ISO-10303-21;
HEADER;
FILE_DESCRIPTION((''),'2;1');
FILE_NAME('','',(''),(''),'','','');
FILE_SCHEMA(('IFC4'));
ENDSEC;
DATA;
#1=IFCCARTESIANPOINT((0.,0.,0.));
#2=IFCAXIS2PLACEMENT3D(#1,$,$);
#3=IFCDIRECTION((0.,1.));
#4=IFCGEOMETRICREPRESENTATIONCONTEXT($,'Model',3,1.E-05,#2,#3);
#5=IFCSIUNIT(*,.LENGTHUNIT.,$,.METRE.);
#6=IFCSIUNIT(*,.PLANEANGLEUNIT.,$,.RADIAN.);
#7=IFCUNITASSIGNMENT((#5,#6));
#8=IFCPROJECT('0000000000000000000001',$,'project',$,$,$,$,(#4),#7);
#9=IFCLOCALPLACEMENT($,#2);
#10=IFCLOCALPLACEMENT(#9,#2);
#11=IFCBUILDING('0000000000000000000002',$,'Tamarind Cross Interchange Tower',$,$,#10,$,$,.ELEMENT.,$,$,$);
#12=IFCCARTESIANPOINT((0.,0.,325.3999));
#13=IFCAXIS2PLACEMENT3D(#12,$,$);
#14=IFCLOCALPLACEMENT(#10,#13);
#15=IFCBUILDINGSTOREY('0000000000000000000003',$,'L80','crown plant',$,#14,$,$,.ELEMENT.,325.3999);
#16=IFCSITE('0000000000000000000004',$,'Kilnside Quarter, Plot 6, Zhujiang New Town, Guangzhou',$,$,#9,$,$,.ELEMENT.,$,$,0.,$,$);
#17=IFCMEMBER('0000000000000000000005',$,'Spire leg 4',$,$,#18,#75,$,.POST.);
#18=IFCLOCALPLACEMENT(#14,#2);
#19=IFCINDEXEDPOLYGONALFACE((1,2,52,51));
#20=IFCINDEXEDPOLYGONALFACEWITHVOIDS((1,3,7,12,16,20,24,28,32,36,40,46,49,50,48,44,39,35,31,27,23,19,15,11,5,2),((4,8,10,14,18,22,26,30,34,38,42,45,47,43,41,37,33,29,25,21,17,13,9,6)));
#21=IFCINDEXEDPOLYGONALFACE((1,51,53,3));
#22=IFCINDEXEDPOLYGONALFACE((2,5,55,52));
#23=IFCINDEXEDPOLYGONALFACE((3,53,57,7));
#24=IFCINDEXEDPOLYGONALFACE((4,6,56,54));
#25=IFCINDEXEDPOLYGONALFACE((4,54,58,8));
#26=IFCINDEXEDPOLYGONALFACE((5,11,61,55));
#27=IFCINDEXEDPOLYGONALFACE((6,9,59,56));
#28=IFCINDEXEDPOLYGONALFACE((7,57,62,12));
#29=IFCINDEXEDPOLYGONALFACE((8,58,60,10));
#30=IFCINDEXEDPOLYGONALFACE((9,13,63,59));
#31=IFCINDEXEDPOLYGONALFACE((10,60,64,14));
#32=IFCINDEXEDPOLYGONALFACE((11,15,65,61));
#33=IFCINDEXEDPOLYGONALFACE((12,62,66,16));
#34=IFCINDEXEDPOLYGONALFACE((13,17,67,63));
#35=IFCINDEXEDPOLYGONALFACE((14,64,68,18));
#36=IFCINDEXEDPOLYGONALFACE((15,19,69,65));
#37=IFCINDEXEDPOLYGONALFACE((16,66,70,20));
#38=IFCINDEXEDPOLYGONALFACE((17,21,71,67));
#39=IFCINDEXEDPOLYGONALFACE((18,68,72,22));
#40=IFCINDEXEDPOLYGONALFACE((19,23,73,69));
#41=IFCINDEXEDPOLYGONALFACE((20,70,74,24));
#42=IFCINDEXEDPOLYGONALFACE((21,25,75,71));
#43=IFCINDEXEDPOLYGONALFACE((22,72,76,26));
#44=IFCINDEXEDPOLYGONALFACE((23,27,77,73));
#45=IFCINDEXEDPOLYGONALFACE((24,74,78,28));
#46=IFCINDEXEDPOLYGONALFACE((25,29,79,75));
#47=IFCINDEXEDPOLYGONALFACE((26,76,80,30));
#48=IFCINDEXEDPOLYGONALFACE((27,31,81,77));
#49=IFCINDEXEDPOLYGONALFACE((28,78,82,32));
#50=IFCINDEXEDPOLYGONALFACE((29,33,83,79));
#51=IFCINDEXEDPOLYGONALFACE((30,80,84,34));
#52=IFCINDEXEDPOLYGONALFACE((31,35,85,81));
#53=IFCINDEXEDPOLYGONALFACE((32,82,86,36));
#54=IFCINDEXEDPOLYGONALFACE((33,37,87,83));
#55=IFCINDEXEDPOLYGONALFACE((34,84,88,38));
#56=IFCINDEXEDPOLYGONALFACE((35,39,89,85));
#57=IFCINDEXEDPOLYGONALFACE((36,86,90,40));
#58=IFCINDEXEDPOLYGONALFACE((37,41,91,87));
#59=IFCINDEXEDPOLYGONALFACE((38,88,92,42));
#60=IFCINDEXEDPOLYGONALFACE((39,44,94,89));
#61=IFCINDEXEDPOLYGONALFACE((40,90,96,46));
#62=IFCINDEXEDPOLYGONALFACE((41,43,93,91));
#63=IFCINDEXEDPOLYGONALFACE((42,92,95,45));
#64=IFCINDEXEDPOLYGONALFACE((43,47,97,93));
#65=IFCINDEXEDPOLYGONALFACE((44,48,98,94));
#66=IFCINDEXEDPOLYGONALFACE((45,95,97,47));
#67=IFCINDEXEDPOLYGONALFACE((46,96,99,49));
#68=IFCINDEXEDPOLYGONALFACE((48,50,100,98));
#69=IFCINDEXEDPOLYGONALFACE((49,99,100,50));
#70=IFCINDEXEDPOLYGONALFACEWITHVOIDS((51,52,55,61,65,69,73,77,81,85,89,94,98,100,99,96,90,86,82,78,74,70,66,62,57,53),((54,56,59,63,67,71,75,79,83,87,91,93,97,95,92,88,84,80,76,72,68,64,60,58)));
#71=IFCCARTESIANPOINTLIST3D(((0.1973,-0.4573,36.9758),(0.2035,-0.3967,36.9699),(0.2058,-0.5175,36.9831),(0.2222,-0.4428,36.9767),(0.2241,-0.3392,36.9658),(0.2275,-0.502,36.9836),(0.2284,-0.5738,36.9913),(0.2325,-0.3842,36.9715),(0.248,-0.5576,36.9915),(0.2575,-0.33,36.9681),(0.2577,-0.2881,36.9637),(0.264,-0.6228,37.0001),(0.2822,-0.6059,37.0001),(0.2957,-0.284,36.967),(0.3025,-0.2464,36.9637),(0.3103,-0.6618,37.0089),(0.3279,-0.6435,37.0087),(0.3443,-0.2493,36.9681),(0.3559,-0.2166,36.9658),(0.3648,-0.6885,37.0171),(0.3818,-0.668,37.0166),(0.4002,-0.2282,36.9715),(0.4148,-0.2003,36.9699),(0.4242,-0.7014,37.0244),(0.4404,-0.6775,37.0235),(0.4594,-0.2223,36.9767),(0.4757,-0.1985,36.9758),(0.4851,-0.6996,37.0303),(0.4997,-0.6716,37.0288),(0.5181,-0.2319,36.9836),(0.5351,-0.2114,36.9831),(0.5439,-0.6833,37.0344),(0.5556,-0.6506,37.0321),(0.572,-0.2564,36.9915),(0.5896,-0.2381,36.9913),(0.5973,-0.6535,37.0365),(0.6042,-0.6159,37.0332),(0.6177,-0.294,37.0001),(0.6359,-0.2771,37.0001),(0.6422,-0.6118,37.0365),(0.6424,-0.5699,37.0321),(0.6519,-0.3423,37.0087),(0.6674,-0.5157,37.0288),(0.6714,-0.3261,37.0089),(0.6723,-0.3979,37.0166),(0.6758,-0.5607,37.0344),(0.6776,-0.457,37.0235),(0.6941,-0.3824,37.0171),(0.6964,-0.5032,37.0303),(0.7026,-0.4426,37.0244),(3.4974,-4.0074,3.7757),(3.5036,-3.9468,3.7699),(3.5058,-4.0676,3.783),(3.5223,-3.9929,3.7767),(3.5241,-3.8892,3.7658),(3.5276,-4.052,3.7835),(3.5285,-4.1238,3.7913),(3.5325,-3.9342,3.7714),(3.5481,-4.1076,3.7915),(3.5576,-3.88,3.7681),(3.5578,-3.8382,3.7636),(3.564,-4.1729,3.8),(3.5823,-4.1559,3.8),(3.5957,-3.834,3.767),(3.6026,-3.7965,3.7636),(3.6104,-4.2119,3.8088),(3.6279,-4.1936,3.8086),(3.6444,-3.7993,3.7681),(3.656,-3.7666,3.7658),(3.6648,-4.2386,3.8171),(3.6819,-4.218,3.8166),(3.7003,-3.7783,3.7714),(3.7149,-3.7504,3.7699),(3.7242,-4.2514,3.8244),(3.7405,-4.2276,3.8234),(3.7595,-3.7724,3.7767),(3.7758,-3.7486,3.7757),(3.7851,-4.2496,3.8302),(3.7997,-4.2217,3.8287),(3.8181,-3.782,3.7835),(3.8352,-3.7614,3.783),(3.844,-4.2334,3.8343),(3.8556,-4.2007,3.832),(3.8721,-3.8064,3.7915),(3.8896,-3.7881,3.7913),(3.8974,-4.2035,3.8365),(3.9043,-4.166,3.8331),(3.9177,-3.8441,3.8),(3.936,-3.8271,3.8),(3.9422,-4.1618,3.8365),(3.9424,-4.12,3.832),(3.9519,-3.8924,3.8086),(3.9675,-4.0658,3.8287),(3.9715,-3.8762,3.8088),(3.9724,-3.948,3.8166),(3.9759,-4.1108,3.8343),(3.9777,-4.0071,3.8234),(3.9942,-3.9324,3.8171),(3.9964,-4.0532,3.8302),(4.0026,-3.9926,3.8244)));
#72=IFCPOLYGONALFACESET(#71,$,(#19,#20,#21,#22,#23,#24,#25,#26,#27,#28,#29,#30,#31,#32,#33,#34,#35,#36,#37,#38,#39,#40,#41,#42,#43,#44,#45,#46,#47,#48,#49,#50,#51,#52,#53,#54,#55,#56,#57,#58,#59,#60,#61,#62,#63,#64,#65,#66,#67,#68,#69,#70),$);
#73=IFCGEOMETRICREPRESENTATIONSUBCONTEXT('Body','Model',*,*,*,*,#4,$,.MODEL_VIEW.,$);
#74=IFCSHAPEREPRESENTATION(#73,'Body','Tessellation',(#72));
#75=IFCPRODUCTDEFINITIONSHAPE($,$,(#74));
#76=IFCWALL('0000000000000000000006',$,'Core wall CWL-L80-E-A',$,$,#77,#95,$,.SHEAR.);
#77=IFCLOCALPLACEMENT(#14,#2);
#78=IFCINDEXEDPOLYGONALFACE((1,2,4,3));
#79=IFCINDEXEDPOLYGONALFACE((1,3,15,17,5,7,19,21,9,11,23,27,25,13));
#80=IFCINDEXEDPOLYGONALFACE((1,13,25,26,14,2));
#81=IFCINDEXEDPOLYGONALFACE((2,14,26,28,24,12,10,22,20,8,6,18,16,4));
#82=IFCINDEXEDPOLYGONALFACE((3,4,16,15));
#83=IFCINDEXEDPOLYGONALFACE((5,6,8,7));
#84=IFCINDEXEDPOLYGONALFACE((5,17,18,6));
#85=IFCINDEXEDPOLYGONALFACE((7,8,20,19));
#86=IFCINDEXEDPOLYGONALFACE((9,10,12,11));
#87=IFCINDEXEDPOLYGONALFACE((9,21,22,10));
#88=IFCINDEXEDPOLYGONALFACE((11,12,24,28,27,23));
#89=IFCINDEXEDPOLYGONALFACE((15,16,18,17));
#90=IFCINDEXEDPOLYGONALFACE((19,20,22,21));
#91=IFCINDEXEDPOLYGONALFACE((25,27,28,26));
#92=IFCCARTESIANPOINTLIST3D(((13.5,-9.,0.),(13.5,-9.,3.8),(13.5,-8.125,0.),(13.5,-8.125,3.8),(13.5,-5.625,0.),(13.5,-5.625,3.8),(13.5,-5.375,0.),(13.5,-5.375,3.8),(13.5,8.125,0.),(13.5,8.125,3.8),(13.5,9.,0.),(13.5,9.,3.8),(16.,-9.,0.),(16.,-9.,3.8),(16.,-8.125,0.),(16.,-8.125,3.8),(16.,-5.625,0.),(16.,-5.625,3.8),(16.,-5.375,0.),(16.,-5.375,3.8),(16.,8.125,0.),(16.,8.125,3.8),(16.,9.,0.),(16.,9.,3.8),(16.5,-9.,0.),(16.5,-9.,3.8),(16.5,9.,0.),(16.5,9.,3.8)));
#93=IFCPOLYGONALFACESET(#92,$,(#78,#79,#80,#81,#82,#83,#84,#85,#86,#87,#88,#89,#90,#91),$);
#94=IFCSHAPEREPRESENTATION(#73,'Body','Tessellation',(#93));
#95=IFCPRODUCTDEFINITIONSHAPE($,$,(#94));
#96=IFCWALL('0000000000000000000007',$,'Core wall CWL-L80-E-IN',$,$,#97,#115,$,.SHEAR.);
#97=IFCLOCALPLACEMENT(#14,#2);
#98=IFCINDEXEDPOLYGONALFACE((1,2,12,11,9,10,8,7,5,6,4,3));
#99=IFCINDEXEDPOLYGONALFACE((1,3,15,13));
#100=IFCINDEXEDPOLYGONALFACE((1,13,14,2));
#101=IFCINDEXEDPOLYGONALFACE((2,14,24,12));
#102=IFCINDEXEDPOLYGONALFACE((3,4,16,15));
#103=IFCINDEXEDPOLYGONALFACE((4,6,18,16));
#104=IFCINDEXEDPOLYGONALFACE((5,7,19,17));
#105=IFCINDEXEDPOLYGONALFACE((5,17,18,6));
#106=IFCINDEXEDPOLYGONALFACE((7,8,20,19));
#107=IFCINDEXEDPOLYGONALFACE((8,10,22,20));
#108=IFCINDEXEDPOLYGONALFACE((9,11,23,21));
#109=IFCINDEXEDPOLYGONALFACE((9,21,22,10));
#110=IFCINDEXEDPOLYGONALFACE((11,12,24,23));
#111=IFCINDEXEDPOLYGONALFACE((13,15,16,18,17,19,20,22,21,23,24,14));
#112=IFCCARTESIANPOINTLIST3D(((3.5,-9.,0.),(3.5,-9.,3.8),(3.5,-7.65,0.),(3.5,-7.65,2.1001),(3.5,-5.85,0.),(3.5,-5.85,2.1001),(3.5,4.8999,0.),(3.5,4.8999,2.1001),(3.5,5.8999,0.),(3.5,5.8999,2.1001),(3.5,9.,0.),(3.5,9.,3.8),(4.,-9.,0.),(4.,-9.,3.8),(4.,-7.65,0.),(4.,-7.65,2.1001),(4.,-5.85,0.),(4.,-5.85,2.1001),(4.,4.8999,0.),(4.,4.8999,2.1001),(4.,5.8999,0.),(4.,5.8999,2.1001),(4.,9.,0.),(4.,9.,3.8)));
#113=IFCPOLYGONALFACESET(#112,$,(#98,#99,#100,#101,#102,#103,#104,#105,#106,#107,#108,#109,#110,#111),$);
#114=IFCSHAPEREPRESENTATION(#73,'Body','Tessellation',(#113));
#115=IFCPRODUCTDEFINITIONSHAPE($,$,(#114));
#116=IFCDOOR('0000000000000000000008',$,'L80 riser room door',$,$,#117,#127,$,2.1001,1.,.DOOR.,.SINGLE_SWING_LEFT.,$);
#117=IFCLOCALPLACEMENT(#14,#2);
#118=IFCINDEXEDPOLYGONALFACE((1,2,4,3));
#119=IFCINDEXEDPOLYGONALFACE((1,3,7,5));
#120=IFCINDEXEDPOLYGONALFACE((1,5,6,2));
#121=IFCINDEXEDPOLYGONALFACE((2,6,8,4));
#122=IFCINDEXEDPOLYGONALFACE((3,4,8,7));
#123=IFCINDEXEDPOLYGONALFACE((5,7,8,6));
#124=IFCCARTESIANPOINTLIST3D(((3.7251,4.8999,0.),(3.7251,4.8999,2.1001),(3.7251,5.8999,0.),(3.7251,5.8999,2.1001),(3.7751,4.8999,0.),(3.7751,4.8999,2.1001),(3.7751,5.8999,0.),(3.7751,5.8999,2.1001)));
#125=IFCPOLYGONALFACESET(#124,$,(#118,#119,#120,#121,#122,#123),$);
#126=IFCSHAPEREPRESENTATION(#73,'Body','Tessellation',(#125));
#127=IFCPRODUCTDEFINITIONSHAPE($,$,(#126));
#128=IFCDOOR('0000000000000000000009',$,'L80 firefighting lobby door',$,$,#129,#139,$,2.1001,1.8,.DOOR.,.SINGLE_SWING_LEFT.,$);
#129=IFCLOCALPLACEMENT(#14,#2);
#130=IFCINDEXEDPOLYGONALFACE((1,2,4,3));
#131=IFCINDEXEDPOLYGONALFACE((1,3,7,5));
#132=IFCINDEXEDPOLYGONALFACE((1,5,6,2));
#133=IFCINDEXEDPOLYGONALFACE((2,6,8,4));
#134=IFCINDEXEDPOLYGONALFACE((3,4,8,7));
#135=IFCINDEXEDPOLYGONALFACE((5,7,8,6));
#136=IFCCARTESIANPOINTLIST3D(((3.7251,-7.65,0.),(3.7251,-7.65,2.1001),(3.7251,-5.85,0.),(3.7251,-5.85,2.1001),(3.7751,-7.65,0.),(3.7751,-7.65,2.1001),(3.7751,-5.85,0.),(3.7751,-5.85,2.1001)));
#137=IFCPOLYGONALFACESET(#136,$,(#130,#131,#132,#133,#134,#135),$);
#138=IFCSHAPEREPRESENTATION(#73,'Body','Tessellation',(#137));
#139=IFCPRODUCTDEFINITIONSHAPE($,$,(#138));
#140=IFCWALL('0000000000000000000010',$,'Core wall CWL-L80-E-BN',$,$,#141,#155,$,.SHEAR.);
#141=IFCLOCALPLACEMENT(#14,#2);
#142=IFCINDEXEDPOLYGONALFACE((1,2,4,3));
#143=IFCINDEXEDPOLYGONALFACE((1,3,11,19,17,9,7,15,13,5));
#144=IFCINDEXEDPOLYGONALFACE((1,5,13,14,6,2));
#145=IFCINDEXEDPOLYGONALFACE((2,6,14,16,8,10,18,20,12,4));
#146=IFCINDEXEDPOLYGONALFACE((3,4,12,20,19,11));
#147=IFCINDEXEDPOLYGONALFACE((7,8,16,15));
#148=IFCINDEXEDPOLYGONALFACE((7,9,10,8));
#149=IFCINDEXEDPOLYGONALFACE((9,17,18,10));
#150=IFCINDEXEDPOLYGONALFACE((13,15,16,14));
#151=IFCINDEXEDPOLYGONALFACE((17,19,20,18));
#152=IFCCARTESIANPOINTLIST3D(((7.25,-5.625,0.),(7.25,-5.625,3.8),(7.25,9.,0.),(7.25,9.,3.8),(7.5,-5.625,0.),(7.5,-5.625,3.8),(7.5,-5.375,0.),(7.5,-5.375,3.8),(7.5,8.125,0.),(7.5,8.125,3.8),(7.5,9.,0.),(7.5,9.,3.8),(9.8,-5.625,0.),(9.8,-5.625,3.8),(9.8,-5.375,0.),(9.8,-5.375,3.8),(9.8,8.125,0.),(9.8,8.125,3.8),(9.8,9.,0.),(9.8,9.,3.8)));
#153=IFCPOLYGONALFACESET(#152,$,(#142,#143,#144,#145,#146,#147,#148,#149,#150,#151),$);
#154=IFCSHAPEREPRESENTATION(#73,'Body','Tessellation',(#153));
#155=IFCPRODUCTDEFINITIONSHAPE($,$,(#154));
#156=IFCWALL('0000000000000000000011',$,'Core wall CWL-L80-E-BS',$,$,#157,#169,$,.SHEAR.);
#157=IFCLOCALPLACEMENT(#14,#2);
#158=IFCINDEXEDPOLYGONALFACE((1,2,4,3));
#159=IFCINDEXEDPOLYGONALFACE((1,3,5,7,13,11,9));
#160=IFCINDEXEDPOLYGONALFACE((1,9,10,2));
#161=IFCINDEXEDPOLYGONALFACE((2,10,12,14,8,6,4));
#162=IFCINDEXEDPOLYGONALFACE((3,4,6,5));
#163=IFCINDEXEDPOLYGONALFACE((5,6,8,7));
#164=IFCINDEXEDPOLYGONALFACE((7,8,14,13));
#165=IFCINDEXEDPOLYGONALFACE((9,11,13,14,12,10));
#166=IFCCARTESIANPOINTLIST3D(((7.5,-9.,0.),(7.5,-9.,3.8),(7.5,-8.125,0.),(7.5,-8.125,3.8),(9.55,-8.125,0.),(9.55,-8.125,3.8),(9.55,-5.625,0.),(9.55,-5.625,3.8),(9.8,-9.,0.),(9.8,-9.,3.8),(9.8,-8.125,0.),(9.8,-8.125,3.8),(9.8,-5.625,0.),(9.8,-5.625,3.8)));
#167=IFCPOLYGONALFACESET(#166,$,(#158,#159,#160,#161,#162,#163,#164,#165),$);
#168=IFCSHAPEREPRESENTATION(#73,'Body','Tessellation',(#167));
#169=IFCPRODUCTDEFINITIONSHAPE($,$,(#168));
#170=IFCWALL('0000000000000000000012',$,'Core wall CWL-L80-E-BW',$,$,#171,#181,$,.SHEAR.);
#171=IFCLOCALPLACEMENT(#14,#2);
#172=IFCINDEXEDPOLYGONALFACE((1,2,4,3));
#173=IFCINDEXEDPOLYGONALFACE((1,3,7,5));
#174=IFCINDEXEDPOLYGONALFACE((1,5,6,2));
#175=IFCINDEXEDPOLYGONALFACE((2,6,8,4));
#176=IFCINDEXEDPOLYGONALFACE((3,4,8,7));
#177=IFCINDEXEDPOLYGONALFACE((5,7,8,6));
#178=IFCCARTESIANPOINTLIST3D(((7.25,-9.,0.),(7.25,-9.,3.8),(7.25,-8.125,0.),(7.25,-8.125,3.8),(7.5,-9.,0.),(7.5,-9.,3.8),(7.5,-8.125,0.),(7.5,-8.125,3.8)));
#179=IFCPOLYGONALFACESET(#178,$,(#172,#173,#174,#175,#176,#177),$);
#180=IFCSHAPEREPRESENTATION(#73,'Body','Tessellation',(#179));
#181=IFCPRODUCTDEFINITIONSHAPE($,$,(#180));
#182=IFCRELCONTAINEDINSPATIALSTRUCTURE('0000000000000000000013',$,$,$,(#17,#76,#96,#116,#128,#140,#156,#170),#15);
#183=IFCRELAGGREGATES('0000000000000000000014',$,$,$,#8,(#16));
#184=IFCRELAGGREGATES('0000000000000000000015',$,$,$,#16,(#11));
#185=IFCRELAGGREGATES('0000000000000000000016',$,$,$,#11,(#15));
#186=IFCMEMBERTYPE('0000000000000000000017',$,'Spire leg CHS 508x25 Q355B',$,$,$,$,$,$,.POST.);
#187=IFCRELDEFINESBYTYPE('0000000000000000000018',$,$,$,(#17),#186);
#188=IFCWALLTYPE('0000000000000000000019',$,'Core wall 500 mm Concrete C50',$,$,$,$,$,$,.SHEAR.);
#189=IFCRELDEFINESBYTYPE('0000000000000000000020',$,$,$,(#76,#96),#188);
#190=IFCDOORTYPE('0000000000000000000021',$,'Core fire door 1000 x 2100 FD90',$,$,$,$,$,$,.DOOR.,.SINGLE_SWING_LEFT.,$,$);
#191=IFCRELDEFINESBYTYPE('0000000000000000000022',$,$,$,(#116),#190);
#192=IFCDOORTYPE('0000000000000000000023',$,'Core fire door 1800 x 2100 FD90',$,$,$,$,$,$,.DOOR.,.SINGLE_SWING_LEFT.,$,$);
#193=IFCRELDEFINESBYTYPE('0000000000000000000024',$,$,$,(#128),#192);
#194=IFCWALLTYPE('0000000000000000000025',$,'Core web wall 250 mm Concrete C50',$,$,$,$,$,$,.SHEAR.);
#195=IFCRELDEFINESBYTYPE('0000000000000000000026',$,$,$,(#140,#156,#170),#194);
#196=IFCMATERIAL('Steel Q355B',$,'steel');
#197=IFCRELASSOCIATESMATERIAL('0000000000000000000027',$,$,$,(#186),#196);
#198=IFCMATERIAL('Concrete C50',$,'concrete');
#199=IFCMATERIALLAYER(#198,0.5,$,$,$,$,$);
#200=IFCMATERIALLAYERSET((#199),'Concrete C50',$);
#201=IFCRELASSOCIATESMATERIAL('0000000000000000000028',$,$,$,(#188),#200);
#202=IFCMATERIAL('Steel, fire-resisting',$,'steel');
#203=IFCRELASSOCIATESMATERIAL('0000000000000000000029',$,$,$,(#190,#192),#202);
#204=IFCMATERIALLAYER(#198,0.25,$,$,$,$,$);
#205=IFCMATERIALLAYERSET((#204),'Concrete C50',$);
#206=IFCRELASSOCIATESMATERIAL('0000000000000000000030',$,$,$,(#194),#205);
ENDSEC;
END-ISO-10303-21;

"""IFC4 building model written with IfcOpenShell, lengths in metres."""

from ifc_helpers import new_model, si_unit, direction, frame, frame_2d, origin, origin_2d, place, context, subcontext, project, spatial, polyline, rectangle, hollow_circle, outline, extrude, material, layer, layer_set, material_profile, profile_set, type_object, element, fill, save


model = new_model("IFC4")

# Units and contexts
model_context = context("Model", 3, precision=1e-05, world=origin(), true_north=direction((0.0, 1.0)))
body_context = subcontext(model_context, "Body", "Model", "MODEL_VIEW")
ifc_project = project(units=[si_unit("LENGTHUNIT", "METRE"), si_unit("PLANEANGLEUNIT", "RADIAN")], contexts=[model_context])

# Site, building, storey
site_placement = place(None, origin())
site = spatial("IfcSite", under=ifc_project, at=site_placement, Name="Kilnside Quarter, Plot 6, Zhujiang New Town, Guangzhou", CompositionType="ELEMENT", RefElevation=0.0)
building_placement = place(site_placement, origin())
building = spatial("IfcBuilding", under=site, at=building_placement, Name="Tamarind Cross Interchange Tower", CompositionType="ELEMENT")
storey_placement = place(building_placement, frame((0.0, 0.0, 325.3999)))
storey = spatial("IfcBuildingStorey", under=building, at=storey_placement, Name="L80", Description="crown plant", CompositionType="ELEMENT", Elevation=325.3999)

# Shared definitions
ifc_material_1 = material(Name="Steel Q355B", Category="steel")

# Member
ifc_material_profile_1 = material_profile(ifc_material_1, hollow_circle(Radius=0.2539, WallThickness=0.0249, at=origin_2d()), Name="CHS 508x25")
ifc_profile_set_1 = profile_set([ifc_material_profile_1], Name="Steel Q355B")
member_type_1 = type_object("IfcMemberType", Name="Spire leg CHS 508x25 Q355B", PredefinedType="POST", material=ifc_profile_set_1)
member_1_placement = place(storey_placement, frame((3.75, -4.0, 3.8), z_axis=(-0.098357, 0.105808, 0.98951), x_axis=(-0.732426, -0.680847, 0.0)))
element("IfcMember", 1, at=member_1_placement, inside=storey, type_object=member_type_1, Name="Spire leg 4", PredefinedType="POST", context=body_context, shape_type="SweptSolid", body=[
    extrude(hollow_circle(Radius=0.2539, WallThickness=0.0249, at=origin_2d()), origin(), (0.0, 0.0, 1.0), 33.552),
])

# Wall
ifc_material_2 = material(Name="Concrete C50", Category="concrete")
ifc_layer_1 = layer(ifc_material_2, 0.5)
ifc_layer_set_1 = layer_set([ifc_layer_1], Name="Concrete C50")
wall_type_1 = type_object("IfcWallType", Name="Core wall 500 mm Concrete C50", PredefinedType="SHEAR", material=ifc_layer_set_1)
wall_1_placement = place(storey_placement, origin())
element("IfcWall", 2, at=wall_1_placement, inside=storey, type_object=wall_type_1, Name="Core wall CWL-L80-E-A", PredefinedType="SHEAR", context=body_context, shape_type="SweptSolid", body=[
    extrude(outline(polyline([(13.5, -8.125), (13.5, -9.0), (16.0, -9.0), (16.5, -9.0), (16.5, 9.0), (16.0, 9.0), (13.5, 9.0), (13.5, 8.125), (16.0, 8.125), (16.0, -5.375), (13.5, -5.375), (13.5, -5.625), (16.0, -5.625), (16.0, -8.125), (13.5, -8.125)])), origin(), (0.0, 0.0, 1.0), 3.8),
])

# Wall, openings, doors
wall_2_placement = place(storey_placement, frame((3.75, -9.0, 0.0), z_axis=(0.0, 0.0, 1.0), x_axis=(0.0, 1.0, 0.0)))
wall_2 = element("IfcWall", 3, at=wall_2_placement, inside=storey, type_object=wall_type_1, Name="Core wall CWL-L80-E-IN", PredefinedType="SHEAR", context=body_context, shape_type="SweptSolid", body=[
    extrude(rectangle(XDim=18.0, YDim=0.5, at=frame_2d((9.0, 0.0))), origin(), (0.0, 0.0, 1.0), 3.8),
])
opening_1_placement = place(wall_2_placement, frame((1.3501, 0.0, 0.0)))
opening_1 = element("IfcOpeningElement", 4, at=opening_1_placement, cuts=wall_2, PredefinedType="OPENING", context=body_context, shape_type="SweptSolid", body=[
    extrude(rectangle(XDim=1.8, YDim=2.1001, at=frame_2d((0.8999, 1.05))), frame((0.0, 0.26, 0.0), z_axis=(0.0, -1.0, 0.0), x_axis=(1.0, 0.0, 0.0)), (0.0, 0.0, 1.0), 0.52),
])
opening_2_placement = place(wall_2_placement, frame((13.8999, 0.0, 0.0)))
opening_2 = element("IfcOpeningElement", 5, at=opening_2_placement, cuts=wall_2, PredefinedType="OPENING", context=body_context, shape_type="SweptSolid", body=[
    extrude(rectangle(XDim=1.0, YDim=2.1001, at=frame_2d((0.5, 1.05))), frame((0.0, 0.26, 0.0), z_axis=(0.0, -1.0, 0.0), x_axis=(1.0, 0.0, 0.0)), (0.0, 0.0, 1.0), 0.52),
])
ifc_material_3 = material(Name="Steel, fire-resisting", Category="steel")
door_type_1 = type_object("IfcDoorType", Name="Core fire door 1000 x 2100 FD90", OperationType="SINGLE_SWING_LEFT", PredefinedType="DOOR", material=ifc_material_3)
door_1_placement = place(opening_2_placement, origin())
door_1 = element("IfcDoor", 6, at=door_1_placement, inside=storey, type_object=door_type_1, Name="L80 riser room door", OperationType="SINGLE_SWING_LEFT", OverallHeight=2.1001, OverallWidth=1.0, PredefinedType="DOOR", context=body_context, shape_type="SweptSolid", body=[
    extrude(rectangle(XDim=1.0, YDim=2.1001, at=frame_2d((0.5, 1.05))), frame((0.0, 0.0249, 0.0), z_axis=(0.0, -1.0, 0.0), x_axis=(1.0, 0.0, 0.0)), (0.0, 0.0, 1.0), 0.05),
])
fill(opening_2, door_1)
door_type_2 = type_object("IfcDoorType", Name="Core fire door 1800 x 2100 FD90", OperationType="SINGLE_SWING_LEFT", PredefinedType="DOOR", material=ifc_material_3)
door_2_placement = place(opening_1_placement, origin())
door_2 = element("IfcDoor", 7, at=door_2_placement, inside=storey, type_object=door_type_2, Name="L80 firefighting lobby door", OperationType="SINGLE_SWING_LEFT", OverallHeight=2.1001, OverallWidth=1.8, PredefinedType="DOOR", context=body_context, shape_type="SweptSolid", body=[
    extrude(rectangle(XDim=1.8, YDim=2.1001, at=frame_2d((0.8999, 1.05))), frame((0.0, 0.0249, 0.0), z_axis=(0.0, -1.0, 0.0), x_axis=(1.0, 0.0, 0.0)), (0.0, 0.0, 1.0), 0.05),
])
fill(opening_1, door_2)

# Walls
ifc_layer_2 = layer(ifc_material_2, 0.25)
ifc_layer_set_2 = layer_set([ifc_layer_2], Name="Concrete C50")
wall_type_2 = type_object("IfcWallType", Name="Core web wall 250 mm Concrete C50", PredefinedType="SHEAR", material=ifc_layer_set_2)
wall_3_placement = place(storey_placement, origin())
element("IfcWall", 8, at=wall_3_placement, inside=storey, type_object=wall_type_2, Name="Core wall CWL-L80-E-BN", PredefinedType="SHEAR", context=body_context, shape_type="SweptSolid", body=[
    extrude(outline(polyline([(9.8, -5.625), (9.8, -5.375), (7.5, -5.375), (7.5, 8.125), (9.8, 8.125), (9.8, 9.0), (7.5, 9.0), (7.25, 9.0), (7.25, -5.625), (7.5, -5.625), (9.8, -5.625)])), origin(), (0.0, 0.0, 1.0), 3.8),
])
wall_4_placement = place(storey_placement, origin())
element("IfcWall", 9, at=wall_4_placement, inside=storey, type_object=wall_type_2, Name="Core wall CWL-L80-E-BS", PredefinedType="SHEAR", context=body_context, shape_type="SweptSolid", body=[
    extrude(outline(polyline([(7.5, -8.125), (7.5, -9.0), (9.8, -9.0), (9.8, -8.125), (9.8, -5.625), (9.55, -5.625), (9.55, -8.125), (7.5, -8.125)])), origin(), (0.0, 0.0, 1.0), 3.8),
])
wall_5_placement = place(storey_placement, frame((7.375, -9.0, 0.0), z_axis=(0.0, 0.0, 1.0), x_axis=(0.0, 1.0, 0.0)))
element("IfcWall", 10, at=wall_5_placement, inside=storey, type_object=wall_type_2, Name="Core wall CWL-L80-E-BW", PredefinedType="SHEAR", context=body_context, shape_type="SweptSolid", body=[
    extrude(rectangle(XDim=0.875, YDim=0.25, at=frame_2d((0.4375, 0.0))), origin(), (0.0, 0.0, 1.0), 3.8),
])

save(model, "model.ifc")
